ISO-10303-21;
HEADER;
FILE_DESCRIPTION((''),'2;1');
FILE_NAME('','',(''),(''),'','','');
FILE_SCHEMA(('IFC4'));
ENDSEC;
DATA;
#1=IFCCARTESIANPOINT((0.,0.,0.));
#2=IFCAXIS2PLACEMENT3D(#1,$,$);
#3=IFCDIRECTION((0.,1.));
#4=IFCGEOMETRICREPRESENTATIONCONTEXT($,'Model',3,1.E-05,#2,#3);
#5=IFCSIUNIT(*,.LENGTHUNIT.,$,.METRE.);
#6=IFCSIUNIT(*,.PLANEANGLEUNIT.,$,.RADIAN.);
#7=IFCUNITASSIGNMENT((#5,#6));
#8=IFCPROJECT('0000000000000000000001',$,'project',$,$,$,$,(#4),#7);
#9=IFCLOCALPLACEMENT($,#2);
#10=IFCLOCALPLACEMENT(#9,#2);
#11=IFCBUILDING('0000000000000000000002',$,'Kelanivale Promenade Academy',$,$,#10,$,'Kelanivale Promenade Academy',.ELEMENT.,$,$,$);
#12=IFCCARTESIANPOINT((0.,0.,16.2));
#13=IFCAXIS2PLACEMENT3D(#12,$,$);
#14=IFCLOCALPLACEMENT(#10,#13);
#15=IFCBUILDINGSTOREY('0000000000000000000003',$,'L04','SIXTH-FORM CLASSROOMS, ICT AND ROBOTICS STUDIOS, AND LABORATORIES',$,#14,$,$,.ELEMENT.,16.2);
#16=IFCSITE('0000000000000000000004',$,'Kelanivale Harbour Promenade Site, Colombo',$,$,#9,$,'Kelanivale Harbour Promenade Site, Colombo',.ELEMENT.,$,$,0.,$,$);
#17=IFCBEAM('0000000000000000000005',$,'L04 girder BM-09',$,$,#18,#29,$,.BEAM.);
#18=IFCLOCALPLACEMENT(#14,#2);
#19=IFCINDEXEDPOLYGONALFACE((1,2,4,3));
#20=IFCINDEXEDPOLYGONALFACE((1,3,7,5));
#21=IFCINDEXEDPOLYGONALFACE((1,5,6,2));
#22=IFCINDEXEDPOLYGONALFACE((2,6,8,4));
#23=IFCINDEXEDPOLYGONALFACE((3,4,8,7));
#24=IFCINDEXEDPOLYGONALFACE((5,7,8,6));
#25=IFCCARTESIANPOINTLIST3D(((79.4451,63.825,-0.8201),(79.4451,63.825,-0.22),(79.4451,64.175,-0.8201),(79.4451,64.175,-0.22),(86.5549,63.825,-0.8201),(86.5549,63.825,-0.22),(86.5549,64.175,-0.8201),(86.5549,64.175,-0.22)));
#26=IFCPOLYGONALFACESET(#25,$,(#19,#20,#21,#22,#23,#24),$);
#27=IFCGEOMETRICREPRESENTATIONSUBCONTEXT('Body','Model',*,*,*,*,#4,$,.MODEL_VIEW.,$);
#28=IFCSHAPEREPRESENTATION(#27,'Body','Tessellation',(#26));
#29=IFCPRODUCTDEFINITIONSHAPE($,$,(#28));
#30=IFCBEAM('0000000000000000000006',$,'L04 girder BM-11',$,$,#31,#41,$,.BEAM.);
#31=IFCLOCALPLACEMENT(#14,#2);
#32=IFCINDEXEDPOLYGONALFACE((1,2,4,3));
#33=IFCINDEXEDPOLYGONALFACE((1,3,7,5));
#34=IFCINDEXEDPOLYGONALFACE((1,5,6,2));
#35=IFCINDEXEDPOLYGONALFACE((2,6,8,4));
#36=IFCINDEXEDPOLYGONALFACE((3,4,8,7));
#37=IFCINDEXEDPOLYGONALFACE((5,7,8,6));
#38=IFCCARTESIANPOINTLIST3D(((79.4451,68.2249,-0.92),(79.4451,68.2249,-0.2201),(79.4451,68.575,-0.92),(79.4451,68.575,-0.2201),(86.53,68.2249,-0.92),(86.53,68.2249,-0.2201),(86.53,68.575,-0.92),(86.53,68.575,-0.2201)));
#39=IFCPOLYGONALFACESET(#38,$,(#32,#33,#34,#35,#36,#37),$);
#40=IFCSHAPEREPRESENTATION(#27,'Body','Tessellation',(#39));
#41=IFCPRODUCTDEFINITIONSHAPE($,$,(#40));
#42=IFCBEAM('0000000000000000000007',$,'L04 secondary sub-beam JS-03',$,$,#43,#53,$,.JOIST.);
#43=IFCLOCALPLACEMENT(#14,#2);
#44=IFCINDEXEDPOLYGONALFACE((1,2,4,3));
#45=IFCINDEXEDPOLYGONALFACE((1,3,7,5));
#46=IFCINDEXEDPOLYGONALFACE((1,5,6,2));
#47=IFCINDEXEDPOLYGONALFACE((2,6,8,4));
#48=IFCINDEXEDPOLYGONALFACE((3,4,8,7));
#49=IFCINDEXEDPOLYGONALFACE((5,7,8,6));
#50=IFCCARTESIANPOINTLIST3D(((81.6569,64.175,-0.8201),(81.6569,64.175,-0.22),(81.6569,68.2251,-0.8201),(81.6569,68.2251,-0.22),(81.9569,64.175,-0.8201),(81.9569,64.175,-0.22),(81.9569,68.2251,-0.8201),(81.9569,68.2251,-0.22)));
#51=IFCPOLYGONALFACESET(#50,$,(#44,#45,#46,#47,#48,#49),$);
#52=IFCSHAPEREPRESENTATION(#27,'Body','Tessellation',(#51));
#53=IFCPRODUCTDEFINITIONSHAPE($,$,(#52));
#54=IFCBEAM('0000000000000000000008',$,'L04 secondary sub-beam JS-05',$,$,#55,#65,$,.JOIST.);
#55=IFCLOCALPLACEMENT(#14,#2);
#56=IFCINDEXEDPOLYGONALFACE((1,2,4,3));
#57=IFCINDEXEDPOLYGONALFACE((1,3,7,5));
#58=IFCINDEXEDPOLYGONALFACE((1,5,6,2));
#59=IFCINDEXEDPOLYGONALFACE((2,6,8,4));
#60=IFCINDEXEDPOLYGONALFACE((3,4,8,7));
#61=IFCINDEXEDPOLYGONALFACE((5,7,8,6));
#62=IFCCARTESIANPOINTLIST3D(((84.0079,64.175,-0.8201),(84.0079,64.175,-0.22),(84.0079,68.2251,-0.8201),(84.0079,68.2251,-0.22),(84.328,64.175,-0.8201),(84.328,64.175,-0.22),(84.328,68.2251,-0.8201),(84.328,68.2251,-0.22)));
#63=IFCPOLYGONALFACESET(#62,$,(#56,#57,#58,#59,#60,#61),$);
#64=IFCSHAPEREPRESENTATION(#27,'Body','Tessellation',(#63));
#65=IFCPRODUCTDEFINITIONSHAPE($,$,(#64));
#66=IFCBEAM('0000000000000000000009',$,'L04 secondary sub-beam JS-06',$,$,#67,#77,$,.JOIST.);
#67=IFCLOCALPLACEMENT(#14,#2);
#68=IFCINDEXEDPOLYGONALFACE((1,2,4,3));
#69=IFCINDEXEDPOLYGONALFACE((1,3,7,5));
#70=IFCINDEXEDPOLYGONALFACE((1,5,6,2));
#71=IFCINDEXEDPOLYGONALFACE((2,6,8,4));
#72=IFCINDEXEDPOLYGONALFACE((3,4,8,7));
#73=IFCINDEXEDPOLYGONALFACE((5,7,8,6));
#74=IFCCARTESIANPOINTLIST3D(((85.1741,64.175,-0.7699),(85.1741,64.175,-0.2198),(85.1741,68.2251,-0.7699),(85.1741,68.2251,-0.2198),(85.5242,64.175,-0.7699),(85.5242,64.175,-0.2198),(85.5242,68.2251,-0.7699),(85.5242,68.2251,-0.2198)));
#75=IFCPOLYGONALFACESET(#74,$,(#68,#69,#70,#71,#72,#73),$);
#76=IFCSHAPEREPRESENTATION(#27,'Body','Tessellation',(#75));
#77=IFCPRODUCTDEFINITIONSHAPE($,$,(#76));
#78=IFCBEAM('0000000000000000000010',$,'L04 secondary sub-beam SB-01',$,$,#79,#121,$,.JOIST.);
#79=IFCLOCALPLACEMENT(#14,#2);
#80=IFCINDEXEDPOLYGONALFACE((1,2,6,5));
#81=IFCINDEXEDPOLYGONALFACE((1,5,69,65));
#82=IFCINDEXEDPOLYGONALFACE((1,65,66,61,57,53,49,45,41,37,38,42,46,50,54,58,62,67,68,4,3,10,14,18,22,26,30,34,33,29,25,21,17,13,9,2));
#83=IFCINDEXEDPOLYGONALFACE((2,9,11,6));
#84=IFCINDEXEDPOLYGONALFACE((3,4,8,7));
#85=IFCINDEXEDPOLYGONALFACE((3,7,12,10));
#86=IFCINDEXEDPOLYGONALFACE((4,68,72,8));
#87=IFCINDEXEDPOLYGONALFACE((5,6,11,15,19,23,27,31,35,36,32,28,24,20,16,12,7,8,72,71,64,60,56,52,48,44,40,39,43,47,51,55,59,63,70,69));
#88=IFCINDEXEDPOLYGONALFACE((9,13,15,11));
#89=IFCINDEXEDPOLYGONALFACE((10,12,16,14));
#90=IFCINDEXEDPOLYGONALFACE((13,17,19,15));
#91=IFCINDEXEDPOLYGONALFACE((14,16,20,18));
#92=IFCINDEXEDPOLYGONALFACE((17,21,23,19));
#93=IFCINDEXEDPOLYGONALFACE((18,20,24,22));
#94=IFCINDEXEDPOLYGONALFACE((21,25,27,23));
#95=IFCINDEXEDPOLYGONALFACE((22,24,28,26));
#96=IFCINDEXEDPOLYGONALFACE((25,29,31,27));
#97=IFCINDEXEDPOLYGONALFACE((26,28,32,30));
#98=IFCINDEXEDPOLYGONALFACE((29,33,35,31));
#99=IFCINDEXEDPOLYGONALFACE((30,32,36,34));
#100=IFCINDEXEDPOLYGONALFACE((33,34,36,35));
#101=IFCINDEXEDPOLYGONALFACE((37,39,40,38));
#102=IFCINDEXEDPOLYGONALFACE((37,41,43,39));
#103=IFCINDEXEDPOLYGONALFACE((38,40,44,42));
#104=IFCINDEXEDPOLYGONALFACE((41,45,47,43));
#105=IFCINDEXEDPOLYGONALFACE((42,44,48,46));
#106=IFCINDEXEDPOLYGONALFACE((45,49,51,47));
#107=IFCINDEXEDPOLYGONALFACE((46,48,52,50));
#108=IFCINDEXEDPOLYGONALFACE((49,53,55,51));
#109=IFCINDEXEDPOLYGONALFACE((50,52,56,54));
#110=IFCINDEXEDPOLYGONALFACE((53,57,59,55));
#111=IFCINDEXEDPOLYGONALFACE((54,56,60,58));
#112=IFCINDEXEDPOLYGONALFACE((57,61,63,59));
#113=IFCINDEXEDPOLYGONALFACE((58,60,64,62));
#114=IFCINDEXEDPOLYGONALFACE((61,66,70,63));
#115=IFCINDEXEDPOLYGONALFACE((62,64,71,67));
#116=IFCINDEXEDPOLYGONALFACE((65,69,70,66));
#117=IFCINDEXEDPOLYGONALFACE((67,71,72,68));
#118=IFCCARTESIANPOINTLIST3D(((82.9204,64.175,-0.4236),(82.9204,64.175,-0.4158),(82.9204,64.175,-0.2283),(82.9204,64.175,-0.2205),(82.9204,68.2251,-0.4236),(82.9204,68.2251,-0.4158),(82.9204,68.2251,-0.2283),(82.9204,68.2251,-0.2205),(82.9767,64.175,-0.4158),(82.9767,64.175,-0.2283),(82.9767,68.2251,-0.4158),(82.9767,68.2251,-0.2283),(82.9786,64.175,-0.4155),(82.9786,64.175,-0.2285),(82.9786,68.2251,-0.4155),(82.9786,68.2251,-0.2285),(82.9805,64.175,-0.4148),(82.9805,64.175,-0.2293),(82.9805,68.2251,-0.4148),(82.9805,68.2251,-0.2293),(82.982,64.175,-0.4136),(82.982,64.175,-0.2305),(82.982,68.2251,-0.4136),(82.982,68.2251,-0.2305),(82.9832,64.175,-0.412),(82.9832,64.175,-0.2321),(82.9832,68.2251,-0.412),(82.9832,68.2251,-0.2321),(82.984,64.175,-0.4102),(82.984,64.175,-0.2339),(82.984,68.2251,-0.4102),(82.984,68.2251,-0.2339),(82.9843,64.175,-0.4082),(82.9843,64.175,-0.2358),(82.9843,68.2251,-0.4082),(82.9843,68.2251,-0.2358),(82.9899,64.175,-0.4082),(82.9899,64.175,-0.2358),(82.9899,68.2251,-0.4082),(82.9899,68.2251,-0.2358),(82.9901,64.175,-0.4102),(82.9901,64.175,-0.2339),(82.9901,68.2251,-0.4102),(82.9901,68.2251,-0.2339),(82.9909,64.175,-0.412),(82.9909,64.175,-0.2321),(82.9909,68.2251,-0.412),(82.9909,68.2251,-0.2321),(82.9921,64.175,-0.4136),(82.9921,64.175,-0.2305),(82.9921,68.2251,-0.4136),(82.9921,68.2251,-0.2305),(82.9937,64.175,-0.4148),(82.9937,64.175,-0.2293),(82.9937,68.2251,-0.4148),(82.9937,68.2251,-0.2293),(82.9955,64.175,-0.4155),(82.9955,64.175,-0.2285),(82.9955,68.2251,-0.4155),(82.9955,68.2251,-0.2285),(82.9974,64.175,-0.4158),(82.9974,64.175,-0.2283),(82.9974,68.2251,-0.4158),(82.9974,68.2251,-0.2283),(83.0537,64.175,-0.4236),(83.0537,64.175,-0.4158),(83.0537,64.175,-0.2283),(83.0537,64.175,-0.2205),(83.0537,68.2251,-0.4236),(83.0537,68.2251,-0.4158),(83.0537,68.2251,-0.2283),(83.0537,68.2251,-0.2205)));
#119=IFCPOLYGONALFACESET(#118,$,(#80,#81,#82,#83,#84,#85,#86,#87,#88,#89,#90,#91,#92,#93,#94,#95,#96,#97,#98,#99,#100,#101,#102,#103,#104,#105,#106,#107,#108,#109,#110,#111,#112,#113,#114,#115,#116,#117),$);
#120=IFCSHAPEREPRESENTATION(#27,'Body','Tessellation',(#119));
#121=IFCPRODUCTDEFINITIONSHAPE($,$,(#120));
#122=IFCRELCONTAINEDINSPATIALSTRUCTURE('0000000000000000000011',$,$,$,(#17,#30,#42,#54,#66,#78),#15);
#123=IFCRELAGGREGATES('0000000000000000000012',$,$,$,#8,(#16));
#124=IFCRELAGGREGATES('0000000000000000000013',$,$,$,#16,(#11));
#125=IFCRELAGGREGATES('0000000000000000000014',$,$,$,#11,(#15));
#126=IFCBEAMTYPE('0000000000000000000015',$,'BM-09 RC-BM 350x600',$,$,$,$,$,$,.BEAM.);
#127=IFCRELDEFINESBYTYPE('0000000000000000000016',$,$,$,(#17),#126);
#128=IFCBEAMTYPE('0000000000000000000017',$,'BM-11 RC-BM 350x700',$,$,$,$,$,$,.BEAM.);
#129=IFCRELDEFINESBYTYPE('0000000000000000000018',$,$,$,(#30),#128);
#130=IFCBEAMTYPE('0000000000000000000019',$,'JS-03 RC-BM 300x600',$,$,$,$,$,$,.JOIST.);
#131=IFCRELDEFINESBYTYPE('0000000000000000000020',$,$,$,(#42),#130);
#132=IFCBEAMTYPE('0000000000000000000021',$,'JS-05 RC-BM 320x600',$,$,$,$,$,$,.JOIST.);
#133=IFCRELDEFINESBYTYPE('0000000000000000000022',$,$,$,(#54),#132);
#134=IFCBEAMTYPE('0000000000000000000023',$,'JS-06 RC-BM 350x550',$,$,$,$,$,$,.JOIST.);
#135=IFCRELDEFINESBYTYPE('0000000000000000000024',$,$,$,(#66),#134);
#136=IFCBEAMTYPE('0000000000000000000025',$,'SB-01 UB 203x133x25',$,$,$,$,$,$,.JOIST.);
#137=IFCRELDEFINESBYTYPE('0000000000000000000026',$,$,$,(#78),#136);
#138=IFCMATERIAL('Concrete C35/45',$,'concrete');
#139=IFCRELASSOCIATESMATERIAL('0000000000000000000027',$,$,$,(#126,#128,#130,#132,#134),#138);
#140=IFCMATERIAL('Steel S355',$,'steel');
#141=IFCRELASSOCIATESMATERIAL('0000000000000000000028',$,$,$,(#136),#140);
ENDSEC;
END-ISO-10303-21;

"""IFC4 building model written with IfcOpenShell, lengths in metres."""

from ifc_helpers import new_model, si_unit, direction, frame, origin, origin_2d, place, context, subcontext, project, spatial, rectangle, i_section, extrude, material, material_profile, profile_set, type_object, element, save


model = new_model("IFC4")

# Units and contexts
model_context = context("Model", 3, precision=1e-05, world=origin(), true_north=direction((0.0, 1.0)))
body_context = subcontext(model_context, "Body", "Model", "MODEL_VIEW")
ifc_project = project(units=[si_unit("LENGTHUNIT", "METRE"), si_unit("PLANEANGLEUNIT", "RADIAN")], contexts=[model_context])

# Site, building, storey
site_placement = place(None, origin())
site = spatial("IfcSite", under=ifc_project, at=site_placement, Name="Kelanivale Harbour Promenade Site, Colombo", LongName="Kelanivale Harbour Promenade Site, Colombo", CompositionType="ELEMENT", RefElevation=0.0)
building_placement = place(site_placement, origin())
building = spatial("IfcBuilding", under=site, at=building_placement, Name="Kelanivale Promenade Academy", LongName="Kelanivale Promenade Academy", CompositionType="ELEMENT")
storey_placement = place(building_placement, frame((0.0, 0.0, 16.2)))
storey = spatial("IfcBuildingStorey", under=building, at=storey_placement, Name="L04", Description="SIXTH-FORM CLASSROOMS, ICT AND ROBOTICS STUDIOS, AND LABORATORIES", CompositionType="ELEMENT", Elevation=16.2)

# Beams
ifc_material_1 = material(Name="Concrete C35/45", Category="concrete")
ifc_material_profile_1 = material_profile(ifc_material_1, rectangle(XDim=0.3501, YDim=0.6001, at=origin_2d()), Name="RC-BM 350x600")
ifc_profile_set_1 = profile_set([ifc_material_profile_1], Name="Concrete C35/45")
beam_type_1 = type_object("IfcBeamType", Name="BM-09 RC-BM 350x600", PredefinedType="BEAM", material=ifc_profile_set_1)
beam_1_placement = place(storey_placement, frame((79.4451, 64.0, -0.52), z_axis=(1.0, 0.0, 0.0), x_axis=(0.0, 1.0, 0.0)))
element("IfcBeam", 1, at=beam_1_placement, inside=storey, type_object=beam_type_1, Name="L04 girder BM-09", PredefinedType="BEAM", context=body_context, shape_type="SweptSolid", body=[
    extrude(rectangle(XDim=0.3501, YDim=0.6001, at=origin_2d()), origin(), (0.0, 0.0, 1.0), 7.1099),
])
ifc_material_profile_2 = material_profile(ifc_material_1, rectangle(XDim=0.3501, YDim=0.7, at=origin_2d()), Name="RC-BM 350x700")
ifc_profile_set_2 = profile_set([ifc_material_profile_2], Name="Concrete C35/45")
beam_type_2 = type_object("IfcBeamType", Name="BM-11 RC-BM 350x700", PredefinedType="BEAM", material=ifc_profile_set_2)
beam_2_placement = place(storey_placement, frame((79.4451, 68.3999, -0.5701), z_axis=(1.0, 0.0, 0.0), x_axis=(0.0, 1.0, 0.0)))
element("IfcBeam", 2, at=beam_2_placement, inside=storey, type_object=beam_type_2, Name="L04 girder BM-11", PredefinedType="BEAM", context=body_context, shape_type="SweptSolid", body=[
    extrude(rectangle(XDim=0.3501, YDim=0.7, at=origin_2d()), origin(), (0.0, 0.0, 1.0), 7.085),
])
ifc_material_profile_3 = material_profile(ifc_material_1, rectangle(XDim=0.3, YDim=0.6001, at=origin_2d()), Name="RC-BM 300x600")
ifc_profile_set_3 = profile_set([ifc_material_profile_3], Name="Concrete C35/45")
beam_type_3 = type_object("IfcBeamType", Name="JS-03 RC-BM 300x600", PredefinedType="JOIST", material=ifc_profile_set_3)
beam_3_placement = place(storey_placement, frame((81.8069, 64.175, -0.52), z_axis=(0.0, 1.0, 0.0), x_axis=(-1.0, 0.0, 0.0)))
element("IfcBeam", 3, at=beam_3_placement, inside=storey, type_object=beam_type_3, Name="L04 secondary sub-beam JS-03", PredefinedType="JOIST", context=body_context, shape_type="SweptSolid", body=[
    extrude(rectangle(XDim=0.3, YDim=0.6001, at=origin_2d()), origin(), (0.0, 0.0, 1.0), 4.05),
])
ifc_material_profile_4 = material_profile(ifc_material_1, rectangle(XDim=0.3201, YDim=0.6001, at=origin_2d()), Name="RC-BM 320x600")
ifc_profile_set_4 = profile_set([ifc_material_profile_4], Name="Concrete C35/45")
beam_type_4 = type_object("IfcBeamType", Name="JS-05 RC-BM 320x600", PredefinedType="JOIST", material=ifc_profile_set_4)
beam_4_placement = place(storey_placement, frame((84.168, 64.175, -0.52), z_axis=(0.0, 1.0, 0.0), x_axis=(-1.0, 0.0, 0.0)))
element("IfcBeam", 4, at=beam_4_placement, inside=storey, type_object=beam_type_4, Name="L04 secondary sub-beam JS-05", PredefinedType="JOIST", context=body_context, shape_type="SweptSolid", body=[
    extrude(rectangle(XDim=0.3201, YDim=0.6001, at=origin_2d()), origin(), (0.0, 0.0, 1.0), 4.05),
])
ifc_material_profile_5 = material_profile(ifc_material_1, rectangle(XDim=0.3501, YDim=0.55, at=origin_2d()), Name="RC-BM 350x550")
ifc_profile_set_5 = profile_set([ifc_material_profile_5], Name="Concrete C35/45")
beam_type_5 = type_object("IfcBeamType", Name="JS-06 RC-BM 350x550", PredefinedType="JOIST", material=ifc_profile_set_5)
beam_5_placement = place(storey_placement, frame((85.3491, 64.175, -0.4949), z_axis=(0.0, 1.0, 0.0), x_axis=(-1.0, 0.0, 0.0)))
element("IfcBeam", 5, at=beam_5_placement, inside=storey, type_object=beam_type_5, Name="L04 secondary sub-beam JS-06", PredefinedType="JOIST", context=body_context, shape_type="SweptSolid", body=[
    extrude(rectangle(XDim=0.3501, YDim=0.55, at=origin_2d()), origin(), (0.0, 0.0, 1.0), 4.05),
])
ifc_material_2 = material(Name="Steel S355", Category="steel")
ifc_material_profile_6 = material_profile(ifc_material_2, i_section(OverallWidth=0.1333, OverallDepth=0.2031, WebThickness=0.0056, FlangeThickness=0.0078, FilletRadius=0.0076, at=origin_2d()), Name="UB 203x133x25")
ifc_profile_set_6 = profile_set([ifc_material_profile_6], Name="Steel S355")
beam_type_6 = type_object("IfcBeamType", Name="SB-01 UB 203x133x25", PredefinedType="JOIST", material=ifc_profile_set_6)
beam_6_placement = place(storey_placement, frame((82.9871, 64.175, -0.322), z_axis=(0.0, 1.0, 0.0), x_axis=(-1.0, 0.0, 0.0)))
element("IfcBeam", 6, at=beam_6_placement, inside=storey, type_object=beam_type_6, Name="L04 secondary sub-beam SB-01", PredefinedType="JOIST", context=body_context, shape_type="SweptSolid", body=[
    extrude(i_section(OverallWidth=0.1333, OverallDepth=0.2031, WebThickness=0.0056, FlangeThickness=0.0078, FilletRadius=0.0076, at=origin_2d()), origin(), (0.0, 0.0, 1.0), 4.05),
])

save(model, "model.ifc")
